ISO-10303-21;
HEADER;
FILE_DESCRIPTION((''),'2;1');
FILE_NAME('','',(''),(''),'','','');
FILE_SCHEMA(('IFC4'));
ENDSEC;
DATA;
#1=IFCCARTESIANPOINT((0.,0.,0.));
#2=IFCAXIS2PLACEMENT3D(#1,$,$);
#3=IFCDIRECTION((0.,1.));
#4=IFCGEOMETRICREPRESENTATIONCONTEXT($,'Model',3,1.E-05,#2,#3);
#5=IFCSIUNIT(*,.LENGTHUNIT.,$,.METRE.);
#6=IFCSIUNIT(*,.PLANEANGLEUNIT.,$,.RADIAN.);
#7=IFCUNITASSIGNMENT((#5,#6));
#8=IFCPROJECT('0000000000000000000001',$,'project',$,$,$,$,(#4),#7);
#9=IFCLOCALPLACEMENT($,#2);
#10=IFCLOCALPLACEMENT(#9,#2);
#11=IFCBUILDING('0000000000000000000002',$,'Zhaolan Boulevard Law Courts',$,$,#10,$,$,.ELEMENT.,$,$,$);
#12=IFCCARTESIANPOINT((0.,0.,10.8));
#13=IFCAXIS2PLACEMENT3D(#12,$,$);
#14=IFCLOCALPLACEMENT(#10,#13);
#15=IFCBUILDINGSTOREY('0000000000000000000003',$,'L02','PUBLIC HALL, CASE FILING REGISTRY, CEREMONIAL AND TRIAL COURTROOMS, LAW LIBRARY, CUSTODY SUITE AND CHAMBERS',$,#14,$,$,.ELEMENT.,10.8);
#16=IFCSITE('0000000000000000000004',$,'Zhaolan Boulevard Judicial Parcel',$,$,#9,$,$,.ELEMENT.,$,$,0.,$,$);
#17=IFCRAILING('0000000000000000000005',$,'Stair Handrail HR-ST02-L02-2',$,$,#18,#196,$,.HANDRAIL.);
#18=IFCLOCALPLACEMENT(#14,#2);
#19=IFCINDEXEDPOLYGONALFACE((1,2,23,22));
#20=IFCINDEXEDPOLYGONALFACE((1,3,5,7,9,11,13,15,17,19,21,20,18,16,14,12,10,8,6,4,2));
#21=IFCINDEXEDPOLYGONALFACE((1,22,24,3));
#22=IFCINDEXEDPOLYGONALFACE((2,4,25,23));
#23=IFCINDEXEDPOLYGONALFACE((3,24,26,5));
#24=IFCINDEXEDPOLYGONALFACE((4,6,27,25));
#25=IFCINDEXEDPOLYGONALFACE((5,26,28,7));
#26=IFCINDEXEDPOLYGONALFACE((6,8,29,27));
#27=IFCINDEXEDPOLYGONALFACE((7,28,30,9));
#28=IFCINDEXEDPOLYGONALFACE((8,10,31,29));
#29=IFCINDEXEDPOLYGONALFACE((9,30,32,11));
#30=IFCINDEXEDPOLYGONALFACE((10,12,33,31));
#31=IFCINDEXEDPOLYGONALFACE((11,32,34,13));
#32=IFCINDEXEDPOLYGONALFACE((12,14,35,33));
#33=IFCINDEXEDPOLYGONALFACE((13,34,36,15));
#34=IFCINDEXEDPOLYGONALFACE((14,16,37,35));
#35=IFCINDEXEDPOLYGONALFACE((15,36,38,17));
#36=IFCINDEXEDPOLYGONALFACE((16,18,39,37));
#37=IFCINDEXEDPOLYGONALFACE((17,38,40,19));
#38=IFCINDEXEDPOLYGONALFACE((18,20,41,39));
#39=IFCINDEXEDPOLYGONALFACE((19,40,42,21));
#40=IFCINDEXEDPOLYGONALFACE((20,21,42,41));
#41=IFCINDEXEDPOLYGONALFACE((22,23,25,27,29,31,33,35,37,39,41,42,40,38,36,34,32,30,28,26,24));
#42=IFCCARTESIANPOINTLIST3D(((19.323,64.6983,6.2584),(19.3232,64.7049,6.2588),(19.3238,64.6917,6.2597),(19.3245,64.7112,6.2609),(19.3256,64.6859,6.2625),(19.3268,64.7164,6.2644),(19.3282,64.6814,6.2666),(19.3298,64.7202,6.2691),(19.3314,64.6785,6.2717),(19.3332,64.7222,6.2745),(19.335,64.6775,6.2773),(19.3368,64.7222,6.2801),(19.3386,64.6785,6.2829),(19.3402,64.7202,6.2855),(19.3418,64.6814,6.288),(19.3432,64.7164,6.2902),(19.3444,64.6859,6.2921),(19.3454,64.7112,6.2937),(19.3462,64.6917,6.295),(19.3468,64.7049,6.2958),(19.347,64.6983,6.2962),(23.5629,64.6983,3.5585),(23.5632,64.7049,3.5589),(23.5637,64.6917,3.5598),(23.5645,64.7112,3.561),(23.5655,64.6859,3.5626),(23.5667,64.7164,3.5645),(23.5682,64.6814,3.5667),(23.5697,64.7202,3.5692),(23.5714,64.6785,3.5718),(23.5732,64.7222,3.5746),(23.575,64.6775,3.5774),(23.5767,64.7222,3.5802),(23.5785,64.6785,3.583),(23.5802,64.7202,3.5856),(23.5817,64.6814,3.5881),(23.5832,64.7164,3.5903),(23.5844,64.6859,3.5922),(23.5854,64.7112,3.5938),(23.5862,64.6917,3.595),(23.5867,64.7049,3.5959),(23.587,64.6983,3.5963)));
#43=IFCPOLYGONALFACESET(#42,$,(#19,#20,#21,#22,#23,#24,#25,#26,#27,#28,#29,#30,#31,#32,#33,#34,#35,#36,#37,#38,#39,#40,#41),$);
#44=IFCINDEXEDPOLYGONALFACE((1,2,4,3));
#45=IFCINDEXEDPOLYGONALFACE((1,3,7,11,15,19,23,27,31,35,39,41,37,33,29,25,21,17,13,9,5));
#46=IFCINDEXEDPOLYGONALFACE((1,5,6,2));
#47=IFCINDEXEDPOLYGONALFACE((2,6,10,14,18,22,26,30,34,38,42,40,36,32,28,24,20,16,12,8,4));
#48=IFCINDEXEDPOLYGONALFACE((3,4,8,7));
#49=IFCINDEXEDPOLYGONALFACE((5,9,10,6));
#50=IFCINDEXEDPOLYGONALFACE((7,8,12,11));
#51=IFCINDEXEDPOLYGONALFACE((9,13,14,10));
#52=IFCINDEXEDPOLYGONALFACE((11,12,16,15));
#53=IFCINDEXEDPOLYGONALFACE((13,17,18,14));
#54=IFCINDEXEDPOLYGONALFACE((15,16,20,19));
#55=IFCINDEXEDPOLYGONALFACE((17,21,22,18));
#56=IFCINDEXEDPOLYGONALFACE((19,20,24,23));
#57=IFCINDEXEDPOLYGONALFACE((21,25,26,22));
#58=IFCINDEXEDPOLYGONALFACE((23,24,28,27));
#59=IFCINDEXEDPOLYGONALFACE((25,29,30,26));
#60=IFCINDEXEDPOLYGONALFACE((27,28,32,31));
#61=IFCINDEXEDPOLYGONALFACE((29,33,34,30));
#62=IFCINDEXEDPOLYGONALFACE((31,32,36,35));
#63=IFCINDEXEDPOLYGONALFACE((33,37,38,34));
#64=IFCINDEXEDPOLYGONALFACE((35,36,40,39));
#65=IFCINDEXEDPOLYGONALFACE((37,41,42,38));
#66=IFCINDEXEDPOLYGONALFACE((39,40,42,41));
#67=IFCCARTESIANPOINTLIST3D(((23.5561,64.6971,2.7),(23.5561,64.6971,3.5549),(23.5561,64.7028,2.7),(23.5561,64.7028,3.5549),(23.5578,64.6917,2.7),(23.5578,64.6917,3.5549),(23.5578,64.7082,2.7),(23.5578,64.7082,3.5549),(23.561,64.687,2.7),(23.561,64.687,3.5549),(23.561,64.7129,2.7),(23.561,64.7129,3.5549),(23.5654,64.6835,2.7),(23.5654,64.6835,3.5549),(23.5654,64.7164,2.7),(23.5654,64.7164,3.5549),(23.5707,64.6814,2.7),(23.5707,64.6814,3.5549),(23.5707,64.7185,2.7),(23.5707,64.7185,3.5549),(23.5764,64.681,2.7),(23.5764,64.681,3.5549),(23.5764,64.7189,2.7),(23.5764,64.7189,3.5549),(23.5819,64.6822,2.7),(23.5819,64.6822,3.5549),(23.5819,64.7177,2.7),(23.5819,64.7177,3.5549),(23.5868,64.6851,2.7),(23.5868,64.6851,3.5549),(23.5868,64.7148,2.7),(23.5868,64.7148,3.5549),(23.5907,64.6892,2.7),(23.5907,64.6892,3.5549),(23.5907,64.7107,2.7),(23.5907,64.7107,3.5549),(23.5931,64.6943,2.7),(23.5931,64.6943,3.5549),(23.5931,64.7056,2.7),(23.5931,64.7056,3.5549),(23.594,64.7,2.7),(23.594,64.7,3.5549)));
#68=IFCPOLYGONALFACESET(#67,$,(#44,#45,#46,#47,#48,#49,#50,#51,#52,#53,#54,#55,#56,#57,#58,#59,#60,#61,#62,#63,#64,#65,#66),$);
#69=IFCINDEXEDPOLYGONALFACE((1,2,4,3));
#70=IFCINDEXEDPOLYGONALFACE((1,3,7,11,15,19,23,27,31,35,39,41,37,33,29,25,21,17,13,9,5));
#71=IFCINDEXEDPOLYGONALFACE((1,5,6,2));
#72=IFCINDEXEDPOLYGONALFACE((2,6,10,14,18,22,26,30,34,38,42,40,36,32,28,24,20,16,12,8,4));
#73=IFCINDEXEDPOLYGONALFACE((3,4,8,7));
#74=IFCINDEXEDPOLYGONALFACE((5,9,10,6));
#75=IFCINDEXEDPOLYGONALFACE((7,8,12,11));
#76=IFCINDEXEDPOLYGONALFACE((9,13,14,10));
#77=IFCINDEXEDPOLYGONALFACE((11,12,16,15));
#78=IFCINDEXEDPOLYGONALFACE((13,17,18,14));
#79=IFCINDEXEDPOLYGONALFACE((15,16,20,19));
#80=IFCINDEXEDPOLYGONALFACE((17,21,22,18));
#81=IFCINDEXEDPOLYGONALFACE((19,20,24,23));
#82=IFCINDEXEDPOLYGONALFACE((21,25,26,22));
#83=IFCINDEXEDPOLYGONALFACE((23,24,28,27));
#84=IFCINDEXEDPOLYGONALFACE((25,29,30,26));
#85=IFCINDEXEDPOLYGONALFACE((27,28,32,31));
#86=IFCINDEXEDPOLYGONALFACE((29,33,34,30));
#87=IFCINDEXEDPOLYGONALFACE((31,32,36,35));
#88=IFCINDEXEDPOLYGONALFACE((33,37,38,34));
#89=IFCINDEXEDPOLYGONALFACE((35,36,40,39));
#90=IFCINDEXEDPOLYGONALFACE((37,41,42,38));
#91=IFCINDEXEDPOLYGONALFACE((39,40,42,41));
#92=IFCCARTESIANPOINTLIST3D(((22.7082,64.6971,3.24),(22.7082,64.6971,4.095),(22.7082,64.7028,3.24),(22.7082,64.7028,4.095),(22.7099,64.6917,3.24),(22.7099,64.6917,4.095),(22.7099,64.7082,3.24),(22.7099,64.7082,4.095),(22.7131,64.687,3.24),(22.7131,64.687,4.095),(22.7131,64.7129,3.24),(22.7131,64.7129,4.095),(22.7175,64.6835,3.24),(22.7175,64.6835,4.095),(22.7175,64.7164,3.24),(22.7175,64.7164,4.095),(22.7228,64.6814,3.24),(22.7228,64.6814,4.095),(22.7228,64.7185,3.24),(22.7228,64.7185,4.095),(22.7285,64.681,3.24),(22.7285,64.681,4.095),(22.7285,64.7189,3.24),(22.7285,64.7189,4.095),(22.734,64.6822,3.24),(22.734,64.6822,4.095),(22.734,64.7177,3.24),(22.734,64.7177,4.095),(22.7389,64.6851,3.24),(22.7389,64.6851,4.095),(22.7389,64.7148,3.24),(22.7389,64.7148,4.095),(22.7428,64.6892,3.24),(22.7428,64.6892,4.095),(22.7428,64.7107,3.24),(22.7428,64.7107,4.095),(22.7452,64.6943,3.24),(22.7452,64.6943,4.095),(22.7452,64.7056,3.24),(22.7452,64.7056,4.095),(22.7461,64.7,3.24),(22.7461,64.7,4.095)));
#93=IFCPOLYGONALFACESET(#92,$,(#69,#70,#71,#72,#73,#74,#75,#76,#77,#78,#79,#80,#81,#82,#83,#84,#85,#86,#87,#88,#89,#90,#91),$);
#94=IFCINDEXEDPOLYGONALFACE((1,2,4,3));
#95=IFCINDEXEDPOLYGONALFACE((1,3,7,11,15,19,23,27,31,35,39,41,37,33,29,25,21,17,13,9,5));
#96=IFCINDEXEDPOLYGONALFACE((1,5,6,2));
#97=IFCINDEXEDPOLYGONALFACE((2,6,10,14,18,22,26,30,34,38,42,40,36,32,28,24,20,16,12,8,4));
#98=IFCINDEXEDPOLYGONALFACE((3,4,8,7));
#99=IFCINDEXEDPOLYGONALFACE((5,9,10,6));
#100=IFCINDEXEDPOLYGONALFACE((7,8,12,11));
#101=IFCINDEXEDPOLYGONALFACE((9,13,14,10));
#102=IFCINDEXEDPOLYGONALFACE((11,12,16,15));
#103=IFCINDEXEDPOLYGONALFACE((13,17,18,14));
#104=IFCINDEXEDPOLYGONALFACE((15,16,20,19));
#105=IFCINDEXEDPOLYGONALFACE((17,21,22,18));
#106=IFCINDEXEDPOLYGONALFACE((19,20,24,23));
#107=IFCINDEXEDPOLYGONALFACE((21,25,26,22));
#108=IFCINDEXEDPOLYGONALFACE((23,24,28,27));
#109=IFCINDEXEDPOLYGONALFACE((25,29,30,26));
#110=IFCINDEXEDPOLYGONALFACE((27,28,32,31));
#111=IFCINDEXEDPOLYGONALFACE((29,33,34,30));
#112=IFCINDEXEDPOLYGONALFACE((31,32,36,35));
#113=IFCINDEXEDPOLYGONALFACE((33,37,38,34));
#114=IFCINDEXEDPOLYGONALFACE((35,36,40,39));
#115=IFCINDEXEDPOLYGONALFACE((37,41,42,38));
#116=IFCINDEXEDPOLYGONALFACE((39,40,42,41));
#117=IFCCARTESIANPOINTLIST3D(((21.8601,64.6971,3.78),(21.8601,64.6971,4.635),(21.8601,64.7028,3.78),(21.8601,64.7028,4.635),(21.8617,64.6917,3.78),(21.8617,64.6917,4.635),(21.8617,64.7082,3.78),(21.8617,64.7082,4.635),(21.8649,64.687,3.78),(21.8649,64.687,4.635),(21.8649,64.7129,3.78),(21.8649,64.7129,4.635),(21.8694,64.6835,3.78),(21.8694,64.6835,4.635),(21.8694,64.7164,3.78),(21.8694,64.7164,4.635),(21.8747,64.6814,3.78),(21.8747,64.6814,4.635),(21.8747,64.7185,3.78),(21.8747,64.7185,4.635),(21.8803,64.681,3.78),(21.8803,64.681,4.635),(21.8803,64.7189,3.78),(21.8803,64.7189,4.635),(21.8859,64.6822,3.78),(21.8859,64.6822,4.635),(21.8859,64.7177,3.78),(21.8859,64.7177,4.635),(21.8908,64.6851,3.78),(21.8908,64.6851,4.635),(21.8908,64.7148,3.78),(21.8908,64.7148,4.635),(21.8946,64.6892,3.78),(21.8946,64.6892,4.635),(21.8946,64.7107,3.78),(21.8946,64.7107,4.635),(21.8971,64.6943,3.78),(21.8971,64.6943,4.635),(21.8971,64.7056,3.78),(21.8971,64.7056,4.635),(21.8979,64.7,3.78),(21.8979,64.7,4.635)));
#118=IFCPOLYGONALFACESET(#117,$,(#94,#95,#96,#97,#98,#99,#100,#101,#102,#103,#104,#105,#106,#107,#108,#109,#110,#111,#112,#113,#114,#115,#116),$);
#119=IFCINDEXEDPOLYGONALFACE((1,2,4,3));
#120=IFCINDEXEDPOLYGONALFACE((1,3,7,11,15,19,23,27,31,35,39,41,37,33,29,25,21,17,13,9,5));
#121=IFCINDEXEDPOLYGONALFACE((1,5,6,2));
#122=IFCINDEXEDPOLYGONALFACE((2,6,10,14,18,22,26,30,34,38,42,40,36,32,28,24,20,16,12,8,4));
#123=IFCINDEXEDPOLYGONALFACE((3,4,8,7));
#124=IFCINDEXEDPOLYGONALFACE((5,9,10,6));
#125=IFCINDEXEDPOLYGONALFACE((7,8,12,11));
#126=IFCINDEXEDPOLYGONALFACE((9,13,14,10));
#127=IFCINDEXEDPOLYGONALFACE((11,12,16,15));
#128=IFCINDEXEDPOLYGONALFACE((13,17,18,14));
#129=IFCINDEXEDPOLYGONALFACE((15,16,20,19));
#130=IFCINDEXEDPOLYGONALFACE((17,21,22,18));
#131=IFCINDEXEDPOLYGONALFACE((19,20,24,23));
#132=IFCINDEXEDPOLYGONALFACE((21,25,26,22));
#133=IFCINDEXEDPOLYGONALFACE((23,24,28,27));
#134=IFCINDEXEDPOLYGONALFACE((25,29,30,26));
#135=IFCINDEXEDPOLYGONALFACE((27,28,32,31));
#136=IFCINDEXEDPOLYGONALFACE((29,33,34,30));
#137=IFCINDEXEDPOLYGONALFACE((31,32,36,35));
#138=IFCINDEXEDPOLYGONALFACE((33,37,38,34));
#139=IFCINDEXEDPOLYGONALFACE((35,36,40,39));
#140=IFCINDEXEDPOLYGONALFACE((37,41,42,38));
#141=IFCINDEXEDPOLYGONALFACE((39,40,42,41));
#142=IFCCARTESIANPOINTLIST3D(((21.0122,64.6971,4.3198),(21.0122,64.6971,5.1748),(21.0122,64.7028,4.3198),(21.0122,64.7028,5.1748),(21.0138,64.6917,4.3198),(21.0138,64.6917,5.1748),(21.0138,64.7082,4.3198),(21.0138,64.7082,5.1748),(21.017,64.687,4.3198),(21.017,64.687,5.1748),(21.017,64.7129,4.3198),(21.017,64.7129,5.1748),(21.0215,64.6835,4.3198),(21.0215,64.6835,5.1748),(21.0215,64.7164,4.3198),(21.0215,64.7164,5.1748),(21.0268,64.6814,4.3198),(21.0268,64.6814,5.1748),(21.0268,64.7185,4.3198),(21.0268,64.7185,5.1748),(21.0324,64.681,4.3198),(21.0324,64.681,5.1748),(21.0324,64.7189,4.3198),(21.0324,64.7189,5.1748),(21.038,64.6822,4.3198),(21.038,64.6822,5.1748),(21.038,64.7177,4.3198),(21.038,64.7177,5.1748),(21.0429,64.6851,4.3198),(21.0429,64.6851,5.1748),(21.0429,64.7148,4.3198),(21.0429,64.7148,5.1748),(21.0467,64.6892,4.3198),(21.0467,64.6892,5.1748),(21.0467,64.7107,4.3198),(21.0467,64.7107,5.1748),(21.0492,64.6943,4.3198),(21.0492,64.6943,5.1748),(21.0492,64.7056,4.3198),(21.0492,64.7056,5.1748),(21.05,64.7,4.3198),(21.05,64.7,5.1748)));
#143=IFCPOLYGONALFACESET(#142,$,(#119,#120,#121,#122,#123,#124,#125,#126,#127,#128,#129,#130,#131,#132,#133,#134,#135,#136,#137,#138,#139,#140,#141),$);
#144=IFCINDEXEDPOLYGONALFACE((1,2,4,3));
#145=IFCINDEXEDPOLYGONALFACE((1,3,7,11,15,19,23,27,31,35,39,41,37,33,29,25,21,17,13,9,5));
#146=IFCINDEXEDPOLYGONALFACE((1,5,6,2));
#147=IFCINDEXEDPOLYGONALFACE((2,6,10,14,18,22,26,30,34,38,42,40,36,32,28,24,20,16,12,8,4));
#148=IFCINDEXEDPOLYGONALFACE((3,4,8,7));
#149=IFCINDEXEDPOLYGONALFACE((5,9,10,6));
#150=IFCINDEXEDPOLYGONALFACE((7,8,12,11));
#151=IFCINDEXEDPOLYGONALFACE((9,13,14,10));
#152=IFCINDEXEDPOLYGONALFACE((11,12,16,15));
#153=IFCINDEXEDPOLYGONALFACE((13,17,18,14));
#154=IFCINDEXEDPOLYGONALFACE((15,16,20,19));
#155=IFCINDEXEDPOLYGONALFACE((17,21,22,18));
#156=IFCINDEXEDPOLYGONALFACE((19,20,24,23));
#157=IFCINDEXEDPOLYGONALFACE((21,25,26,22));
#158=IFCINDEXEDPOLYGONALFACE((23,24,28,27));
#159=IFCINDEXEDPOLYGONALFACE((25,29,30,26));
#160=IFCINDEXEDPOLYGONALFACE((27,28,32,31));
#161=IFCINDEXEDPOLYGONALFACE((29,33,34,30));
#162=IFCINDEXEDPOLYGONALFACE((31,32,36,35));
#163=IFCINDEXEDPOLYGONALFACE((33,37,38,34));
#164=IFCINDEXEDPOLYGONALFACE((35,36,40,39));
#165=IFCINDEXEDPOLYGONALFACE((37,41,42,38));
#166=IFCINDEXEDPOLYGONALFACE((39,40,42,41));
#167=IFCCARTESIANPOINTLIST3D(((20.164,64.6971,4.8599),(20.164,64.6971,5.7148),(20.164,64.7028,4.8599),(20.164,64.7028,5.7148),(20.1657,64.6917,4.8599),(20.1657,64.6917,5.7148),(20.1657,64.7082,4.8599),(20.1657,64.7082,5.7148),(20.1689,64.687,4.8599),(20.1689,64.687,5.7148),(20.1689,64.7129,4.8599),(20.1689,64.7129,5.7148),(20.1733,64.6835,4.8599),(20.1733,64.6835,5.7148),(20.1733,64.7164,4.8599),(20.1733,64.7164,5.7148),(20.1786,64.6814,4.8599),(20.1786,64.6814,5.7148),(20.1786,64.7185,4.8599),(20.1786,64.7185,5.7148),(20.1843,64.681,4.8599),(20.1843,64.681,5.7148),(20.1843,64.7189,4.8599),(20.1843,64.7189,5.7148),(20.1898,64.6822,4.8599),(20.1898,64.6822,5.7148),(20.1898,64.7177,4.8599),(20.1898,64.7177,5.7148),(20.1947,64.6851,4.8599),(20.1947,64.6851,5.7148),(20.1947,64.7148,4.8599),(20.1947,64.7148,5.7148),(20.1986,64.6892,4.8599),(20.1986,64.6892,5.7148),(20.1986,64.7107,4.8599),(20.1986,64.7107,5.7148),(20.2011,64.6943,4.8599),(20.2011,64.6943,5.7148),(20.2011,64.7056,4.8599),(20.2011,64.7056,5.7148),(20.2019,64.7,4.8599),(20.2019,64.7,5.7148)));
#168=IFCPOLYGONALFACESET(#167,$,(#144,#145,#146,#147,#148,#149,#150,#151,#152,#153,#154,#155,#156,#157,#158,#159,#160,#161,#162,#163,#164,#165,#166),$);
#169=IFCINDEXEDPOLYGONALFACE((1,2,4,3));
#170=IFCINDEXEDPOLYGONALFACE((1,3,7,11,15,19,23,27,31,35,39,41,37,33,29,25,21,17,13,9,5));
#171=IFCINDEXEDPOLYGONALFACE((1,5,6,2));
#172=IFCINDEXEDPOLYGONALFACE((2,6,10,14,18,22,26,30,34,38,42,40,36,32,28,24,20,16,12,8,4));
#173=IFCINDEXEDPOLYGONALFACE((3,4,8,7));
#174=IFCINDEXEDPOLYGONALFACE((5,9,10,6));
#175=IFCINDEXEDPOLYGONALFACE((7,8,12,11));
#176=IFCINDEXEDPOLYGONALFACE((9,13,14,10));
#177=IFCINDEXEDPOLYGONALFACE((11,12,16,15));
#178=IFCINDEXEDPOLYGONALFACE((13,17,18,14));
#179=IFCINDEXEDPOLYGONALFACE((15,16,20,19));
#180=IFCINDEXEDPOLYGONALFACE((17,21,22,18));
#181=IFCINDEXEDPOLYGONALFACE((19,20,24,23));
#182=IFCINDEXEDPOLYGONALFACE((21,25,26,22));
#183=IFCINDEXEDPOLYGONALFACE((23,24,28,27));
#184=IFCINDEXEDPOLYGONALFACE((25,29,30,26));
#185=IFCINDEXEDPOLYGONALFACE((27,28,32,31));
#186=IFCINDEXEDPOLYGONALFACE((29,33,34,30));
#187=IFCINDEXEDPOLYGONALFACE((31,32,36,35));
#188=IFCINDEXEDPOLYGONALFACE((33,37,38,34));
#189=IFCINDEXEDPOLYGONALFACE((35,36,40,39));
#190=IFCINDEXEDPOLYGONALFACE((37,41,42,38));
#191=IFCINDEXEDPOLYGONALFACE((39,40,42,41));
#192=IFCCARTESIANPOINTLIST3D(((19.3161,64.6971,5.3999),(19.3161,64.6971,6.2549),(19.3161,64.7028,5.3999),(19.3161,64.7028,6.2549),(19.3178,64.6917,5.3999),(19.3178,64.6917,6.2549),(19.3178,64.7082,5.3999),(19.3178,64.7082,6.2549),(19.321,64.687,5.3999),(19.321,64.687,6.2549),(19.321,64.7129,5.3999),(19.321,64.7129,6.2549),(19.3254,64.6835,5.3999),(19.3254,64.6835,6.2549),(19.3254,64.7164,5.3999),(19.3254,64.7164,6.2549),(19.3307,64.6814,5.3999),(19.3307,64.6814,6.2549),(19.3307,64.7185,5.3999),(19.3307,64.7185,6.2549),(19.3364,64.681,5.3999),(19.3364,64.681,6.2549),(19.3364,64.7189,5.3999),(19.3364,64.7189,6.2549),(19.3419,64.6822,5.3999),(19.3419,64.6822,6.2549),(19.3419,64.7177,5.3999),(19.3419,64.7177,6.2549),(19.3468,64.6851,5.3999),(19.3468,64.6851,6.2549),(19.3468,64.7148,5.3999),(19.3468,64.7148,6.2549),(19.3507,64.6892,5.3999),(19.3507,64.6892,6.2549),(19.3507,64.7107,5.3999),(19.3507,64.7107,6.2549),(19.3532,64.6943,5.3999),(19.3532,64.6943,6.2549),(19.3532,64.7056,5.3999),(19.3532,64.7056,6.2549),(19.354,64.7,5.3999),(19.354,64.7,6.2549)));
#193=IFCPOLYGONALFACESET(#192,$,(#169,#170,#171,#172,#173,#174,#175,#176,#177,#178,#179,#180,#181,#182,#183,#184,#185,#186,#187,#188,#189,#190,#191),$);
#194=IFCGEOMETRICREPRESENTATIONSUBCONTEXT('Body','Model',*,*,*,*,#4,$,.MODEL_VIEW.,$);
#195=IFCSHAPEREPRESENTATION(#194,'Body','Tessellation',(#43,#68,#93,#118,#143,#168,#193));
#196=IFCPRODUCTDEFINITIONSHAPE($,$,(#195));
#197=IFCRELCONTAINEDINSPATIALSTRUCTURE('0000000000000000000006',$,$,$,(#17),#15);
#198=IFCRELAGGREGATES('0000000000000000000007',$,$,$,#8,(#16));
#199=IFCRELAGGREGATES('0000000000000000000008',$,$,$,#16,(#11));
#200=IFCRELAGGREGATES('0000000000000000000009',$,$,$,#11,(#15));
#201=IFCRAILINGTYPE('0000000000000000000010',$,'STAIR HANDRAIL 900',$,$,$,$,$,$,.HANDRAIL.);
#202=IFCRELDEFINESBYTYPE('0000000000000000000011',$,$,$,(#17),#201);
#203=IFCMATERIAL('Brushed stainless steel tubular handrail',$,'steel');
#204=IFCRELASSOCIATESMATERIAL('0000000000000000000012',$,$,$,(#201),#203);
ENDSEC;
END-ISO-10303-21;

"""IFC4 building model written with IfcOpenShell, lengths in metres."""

from ifc_helpers import new_model, si_unit, direction, frame, origin, origin_2d, place, context, subcontext, project, spatial, circle, extrude, material, type_object, element, save


model = new_model("IFC4")

# Units and contexts
model_context = context("Model", 3, precision=1e-05, world=origin(), true_north=direction((0.0, 1.0)))
body_context = subcontext(model_context, "Body", "Model", "MODEL_VIEW")
ifc_project = project(units=[si_unit("LENGTHUNIT", "METRE"), si_unit("PLANEANGLEUNIT", "RADIAN")], contexts=[model_context])

# Site, building, storey
site_placement = place(None, origin())
site = spatial("IfcSite", under=ifc_project, at=site_placement, Name="Zhaolan Boulevard Judicial Parcel", CompositionType="ELEMENT", RefElevation=0.0)
building_placement = place(site_placement, origin())
building = spatial("IfcBuilding", under=site, at=building_placement, Name="Zhaolan Boulevard Law Courts", CompositionType="ELEMENT")
storey_placement = place(building_placement, frame((0.0, 0.0, 10.8)))
storey = spatial("IfcBuildingStorey", under=building, at=storey_placement, Name="L02", Description="PUBLIC HALL, CASE FILING REGISTRY, CEREMONIAL AND TRIAL COURTROOMS, LAW LIBRARY, CUSTODY SUITE AND CHAMBERS", CompositionType="ELEMENT", Elevation=10.8)

# Railing
ifc_material_1 = material(Name="Brushed stainless steel tubular handrail", Category="steel")
railing_type_1 = type_object("IfcRailingType", Name="STAIR HANDRAIL 900", PredefinedType="HANDRAIL", material=ifc_material_1)
railing_1_placement = place(storey_placement, frame((23.575, 64.7, 2.7)))
element("IfcRailing", 1, at=railing_1_placement, inside=storey, type_object=railing_type_1, Name="Stair Handrail HR-ST02-L02-2", PredefinedType="HANDRAIL", context=body_context, shape_type="SweptSolid", body=[
    extrude(circle(Radius=0.0225, at=origin_2d()), frame((0.0, 0.0, 0.8774), z_axis=(-0.843501, 0.0, 0.537127), x_axis=(0.0, -1.0, 0.0)), (0.0, 0.0, 1.0), 5.0266),
    extrude(circle(Radius=0.019, at=origin_2d()), origin(), (0.0, 0.0, 1.0), 0.855),
    extrude(circle(Radius=0.019, at=origin_2d()), frame((-0.8479, 0.0, 0.54)), (0.0, 0.0, 1.0), 0.855),
    extrude(circle(Radius=0.019, at=origin_2d()), frame((-1.696, 0.0, 1.0801)), (0.0, 0.0, 1.0), 0.855),
    extrude(circle(Radius=0.019, at=origin_2d()), frame((-2.5439, 0.0, 1.6199)), (0.0, 0.0, 1.0), 0.855),
    extrude(circle(Radius=0.019, at=origin_2d()), frame((-3.3921, 0.0, 2.1599)), (0.0, 0.0, 1.0), 0.855),
    extrude(circle(Radius=0.019, at=origin_2d()), frame((-4.24, 0.0, 2.7)), (0.0, 0.0, 1.0), 0.855),
])

save(model, "model.ifc")
